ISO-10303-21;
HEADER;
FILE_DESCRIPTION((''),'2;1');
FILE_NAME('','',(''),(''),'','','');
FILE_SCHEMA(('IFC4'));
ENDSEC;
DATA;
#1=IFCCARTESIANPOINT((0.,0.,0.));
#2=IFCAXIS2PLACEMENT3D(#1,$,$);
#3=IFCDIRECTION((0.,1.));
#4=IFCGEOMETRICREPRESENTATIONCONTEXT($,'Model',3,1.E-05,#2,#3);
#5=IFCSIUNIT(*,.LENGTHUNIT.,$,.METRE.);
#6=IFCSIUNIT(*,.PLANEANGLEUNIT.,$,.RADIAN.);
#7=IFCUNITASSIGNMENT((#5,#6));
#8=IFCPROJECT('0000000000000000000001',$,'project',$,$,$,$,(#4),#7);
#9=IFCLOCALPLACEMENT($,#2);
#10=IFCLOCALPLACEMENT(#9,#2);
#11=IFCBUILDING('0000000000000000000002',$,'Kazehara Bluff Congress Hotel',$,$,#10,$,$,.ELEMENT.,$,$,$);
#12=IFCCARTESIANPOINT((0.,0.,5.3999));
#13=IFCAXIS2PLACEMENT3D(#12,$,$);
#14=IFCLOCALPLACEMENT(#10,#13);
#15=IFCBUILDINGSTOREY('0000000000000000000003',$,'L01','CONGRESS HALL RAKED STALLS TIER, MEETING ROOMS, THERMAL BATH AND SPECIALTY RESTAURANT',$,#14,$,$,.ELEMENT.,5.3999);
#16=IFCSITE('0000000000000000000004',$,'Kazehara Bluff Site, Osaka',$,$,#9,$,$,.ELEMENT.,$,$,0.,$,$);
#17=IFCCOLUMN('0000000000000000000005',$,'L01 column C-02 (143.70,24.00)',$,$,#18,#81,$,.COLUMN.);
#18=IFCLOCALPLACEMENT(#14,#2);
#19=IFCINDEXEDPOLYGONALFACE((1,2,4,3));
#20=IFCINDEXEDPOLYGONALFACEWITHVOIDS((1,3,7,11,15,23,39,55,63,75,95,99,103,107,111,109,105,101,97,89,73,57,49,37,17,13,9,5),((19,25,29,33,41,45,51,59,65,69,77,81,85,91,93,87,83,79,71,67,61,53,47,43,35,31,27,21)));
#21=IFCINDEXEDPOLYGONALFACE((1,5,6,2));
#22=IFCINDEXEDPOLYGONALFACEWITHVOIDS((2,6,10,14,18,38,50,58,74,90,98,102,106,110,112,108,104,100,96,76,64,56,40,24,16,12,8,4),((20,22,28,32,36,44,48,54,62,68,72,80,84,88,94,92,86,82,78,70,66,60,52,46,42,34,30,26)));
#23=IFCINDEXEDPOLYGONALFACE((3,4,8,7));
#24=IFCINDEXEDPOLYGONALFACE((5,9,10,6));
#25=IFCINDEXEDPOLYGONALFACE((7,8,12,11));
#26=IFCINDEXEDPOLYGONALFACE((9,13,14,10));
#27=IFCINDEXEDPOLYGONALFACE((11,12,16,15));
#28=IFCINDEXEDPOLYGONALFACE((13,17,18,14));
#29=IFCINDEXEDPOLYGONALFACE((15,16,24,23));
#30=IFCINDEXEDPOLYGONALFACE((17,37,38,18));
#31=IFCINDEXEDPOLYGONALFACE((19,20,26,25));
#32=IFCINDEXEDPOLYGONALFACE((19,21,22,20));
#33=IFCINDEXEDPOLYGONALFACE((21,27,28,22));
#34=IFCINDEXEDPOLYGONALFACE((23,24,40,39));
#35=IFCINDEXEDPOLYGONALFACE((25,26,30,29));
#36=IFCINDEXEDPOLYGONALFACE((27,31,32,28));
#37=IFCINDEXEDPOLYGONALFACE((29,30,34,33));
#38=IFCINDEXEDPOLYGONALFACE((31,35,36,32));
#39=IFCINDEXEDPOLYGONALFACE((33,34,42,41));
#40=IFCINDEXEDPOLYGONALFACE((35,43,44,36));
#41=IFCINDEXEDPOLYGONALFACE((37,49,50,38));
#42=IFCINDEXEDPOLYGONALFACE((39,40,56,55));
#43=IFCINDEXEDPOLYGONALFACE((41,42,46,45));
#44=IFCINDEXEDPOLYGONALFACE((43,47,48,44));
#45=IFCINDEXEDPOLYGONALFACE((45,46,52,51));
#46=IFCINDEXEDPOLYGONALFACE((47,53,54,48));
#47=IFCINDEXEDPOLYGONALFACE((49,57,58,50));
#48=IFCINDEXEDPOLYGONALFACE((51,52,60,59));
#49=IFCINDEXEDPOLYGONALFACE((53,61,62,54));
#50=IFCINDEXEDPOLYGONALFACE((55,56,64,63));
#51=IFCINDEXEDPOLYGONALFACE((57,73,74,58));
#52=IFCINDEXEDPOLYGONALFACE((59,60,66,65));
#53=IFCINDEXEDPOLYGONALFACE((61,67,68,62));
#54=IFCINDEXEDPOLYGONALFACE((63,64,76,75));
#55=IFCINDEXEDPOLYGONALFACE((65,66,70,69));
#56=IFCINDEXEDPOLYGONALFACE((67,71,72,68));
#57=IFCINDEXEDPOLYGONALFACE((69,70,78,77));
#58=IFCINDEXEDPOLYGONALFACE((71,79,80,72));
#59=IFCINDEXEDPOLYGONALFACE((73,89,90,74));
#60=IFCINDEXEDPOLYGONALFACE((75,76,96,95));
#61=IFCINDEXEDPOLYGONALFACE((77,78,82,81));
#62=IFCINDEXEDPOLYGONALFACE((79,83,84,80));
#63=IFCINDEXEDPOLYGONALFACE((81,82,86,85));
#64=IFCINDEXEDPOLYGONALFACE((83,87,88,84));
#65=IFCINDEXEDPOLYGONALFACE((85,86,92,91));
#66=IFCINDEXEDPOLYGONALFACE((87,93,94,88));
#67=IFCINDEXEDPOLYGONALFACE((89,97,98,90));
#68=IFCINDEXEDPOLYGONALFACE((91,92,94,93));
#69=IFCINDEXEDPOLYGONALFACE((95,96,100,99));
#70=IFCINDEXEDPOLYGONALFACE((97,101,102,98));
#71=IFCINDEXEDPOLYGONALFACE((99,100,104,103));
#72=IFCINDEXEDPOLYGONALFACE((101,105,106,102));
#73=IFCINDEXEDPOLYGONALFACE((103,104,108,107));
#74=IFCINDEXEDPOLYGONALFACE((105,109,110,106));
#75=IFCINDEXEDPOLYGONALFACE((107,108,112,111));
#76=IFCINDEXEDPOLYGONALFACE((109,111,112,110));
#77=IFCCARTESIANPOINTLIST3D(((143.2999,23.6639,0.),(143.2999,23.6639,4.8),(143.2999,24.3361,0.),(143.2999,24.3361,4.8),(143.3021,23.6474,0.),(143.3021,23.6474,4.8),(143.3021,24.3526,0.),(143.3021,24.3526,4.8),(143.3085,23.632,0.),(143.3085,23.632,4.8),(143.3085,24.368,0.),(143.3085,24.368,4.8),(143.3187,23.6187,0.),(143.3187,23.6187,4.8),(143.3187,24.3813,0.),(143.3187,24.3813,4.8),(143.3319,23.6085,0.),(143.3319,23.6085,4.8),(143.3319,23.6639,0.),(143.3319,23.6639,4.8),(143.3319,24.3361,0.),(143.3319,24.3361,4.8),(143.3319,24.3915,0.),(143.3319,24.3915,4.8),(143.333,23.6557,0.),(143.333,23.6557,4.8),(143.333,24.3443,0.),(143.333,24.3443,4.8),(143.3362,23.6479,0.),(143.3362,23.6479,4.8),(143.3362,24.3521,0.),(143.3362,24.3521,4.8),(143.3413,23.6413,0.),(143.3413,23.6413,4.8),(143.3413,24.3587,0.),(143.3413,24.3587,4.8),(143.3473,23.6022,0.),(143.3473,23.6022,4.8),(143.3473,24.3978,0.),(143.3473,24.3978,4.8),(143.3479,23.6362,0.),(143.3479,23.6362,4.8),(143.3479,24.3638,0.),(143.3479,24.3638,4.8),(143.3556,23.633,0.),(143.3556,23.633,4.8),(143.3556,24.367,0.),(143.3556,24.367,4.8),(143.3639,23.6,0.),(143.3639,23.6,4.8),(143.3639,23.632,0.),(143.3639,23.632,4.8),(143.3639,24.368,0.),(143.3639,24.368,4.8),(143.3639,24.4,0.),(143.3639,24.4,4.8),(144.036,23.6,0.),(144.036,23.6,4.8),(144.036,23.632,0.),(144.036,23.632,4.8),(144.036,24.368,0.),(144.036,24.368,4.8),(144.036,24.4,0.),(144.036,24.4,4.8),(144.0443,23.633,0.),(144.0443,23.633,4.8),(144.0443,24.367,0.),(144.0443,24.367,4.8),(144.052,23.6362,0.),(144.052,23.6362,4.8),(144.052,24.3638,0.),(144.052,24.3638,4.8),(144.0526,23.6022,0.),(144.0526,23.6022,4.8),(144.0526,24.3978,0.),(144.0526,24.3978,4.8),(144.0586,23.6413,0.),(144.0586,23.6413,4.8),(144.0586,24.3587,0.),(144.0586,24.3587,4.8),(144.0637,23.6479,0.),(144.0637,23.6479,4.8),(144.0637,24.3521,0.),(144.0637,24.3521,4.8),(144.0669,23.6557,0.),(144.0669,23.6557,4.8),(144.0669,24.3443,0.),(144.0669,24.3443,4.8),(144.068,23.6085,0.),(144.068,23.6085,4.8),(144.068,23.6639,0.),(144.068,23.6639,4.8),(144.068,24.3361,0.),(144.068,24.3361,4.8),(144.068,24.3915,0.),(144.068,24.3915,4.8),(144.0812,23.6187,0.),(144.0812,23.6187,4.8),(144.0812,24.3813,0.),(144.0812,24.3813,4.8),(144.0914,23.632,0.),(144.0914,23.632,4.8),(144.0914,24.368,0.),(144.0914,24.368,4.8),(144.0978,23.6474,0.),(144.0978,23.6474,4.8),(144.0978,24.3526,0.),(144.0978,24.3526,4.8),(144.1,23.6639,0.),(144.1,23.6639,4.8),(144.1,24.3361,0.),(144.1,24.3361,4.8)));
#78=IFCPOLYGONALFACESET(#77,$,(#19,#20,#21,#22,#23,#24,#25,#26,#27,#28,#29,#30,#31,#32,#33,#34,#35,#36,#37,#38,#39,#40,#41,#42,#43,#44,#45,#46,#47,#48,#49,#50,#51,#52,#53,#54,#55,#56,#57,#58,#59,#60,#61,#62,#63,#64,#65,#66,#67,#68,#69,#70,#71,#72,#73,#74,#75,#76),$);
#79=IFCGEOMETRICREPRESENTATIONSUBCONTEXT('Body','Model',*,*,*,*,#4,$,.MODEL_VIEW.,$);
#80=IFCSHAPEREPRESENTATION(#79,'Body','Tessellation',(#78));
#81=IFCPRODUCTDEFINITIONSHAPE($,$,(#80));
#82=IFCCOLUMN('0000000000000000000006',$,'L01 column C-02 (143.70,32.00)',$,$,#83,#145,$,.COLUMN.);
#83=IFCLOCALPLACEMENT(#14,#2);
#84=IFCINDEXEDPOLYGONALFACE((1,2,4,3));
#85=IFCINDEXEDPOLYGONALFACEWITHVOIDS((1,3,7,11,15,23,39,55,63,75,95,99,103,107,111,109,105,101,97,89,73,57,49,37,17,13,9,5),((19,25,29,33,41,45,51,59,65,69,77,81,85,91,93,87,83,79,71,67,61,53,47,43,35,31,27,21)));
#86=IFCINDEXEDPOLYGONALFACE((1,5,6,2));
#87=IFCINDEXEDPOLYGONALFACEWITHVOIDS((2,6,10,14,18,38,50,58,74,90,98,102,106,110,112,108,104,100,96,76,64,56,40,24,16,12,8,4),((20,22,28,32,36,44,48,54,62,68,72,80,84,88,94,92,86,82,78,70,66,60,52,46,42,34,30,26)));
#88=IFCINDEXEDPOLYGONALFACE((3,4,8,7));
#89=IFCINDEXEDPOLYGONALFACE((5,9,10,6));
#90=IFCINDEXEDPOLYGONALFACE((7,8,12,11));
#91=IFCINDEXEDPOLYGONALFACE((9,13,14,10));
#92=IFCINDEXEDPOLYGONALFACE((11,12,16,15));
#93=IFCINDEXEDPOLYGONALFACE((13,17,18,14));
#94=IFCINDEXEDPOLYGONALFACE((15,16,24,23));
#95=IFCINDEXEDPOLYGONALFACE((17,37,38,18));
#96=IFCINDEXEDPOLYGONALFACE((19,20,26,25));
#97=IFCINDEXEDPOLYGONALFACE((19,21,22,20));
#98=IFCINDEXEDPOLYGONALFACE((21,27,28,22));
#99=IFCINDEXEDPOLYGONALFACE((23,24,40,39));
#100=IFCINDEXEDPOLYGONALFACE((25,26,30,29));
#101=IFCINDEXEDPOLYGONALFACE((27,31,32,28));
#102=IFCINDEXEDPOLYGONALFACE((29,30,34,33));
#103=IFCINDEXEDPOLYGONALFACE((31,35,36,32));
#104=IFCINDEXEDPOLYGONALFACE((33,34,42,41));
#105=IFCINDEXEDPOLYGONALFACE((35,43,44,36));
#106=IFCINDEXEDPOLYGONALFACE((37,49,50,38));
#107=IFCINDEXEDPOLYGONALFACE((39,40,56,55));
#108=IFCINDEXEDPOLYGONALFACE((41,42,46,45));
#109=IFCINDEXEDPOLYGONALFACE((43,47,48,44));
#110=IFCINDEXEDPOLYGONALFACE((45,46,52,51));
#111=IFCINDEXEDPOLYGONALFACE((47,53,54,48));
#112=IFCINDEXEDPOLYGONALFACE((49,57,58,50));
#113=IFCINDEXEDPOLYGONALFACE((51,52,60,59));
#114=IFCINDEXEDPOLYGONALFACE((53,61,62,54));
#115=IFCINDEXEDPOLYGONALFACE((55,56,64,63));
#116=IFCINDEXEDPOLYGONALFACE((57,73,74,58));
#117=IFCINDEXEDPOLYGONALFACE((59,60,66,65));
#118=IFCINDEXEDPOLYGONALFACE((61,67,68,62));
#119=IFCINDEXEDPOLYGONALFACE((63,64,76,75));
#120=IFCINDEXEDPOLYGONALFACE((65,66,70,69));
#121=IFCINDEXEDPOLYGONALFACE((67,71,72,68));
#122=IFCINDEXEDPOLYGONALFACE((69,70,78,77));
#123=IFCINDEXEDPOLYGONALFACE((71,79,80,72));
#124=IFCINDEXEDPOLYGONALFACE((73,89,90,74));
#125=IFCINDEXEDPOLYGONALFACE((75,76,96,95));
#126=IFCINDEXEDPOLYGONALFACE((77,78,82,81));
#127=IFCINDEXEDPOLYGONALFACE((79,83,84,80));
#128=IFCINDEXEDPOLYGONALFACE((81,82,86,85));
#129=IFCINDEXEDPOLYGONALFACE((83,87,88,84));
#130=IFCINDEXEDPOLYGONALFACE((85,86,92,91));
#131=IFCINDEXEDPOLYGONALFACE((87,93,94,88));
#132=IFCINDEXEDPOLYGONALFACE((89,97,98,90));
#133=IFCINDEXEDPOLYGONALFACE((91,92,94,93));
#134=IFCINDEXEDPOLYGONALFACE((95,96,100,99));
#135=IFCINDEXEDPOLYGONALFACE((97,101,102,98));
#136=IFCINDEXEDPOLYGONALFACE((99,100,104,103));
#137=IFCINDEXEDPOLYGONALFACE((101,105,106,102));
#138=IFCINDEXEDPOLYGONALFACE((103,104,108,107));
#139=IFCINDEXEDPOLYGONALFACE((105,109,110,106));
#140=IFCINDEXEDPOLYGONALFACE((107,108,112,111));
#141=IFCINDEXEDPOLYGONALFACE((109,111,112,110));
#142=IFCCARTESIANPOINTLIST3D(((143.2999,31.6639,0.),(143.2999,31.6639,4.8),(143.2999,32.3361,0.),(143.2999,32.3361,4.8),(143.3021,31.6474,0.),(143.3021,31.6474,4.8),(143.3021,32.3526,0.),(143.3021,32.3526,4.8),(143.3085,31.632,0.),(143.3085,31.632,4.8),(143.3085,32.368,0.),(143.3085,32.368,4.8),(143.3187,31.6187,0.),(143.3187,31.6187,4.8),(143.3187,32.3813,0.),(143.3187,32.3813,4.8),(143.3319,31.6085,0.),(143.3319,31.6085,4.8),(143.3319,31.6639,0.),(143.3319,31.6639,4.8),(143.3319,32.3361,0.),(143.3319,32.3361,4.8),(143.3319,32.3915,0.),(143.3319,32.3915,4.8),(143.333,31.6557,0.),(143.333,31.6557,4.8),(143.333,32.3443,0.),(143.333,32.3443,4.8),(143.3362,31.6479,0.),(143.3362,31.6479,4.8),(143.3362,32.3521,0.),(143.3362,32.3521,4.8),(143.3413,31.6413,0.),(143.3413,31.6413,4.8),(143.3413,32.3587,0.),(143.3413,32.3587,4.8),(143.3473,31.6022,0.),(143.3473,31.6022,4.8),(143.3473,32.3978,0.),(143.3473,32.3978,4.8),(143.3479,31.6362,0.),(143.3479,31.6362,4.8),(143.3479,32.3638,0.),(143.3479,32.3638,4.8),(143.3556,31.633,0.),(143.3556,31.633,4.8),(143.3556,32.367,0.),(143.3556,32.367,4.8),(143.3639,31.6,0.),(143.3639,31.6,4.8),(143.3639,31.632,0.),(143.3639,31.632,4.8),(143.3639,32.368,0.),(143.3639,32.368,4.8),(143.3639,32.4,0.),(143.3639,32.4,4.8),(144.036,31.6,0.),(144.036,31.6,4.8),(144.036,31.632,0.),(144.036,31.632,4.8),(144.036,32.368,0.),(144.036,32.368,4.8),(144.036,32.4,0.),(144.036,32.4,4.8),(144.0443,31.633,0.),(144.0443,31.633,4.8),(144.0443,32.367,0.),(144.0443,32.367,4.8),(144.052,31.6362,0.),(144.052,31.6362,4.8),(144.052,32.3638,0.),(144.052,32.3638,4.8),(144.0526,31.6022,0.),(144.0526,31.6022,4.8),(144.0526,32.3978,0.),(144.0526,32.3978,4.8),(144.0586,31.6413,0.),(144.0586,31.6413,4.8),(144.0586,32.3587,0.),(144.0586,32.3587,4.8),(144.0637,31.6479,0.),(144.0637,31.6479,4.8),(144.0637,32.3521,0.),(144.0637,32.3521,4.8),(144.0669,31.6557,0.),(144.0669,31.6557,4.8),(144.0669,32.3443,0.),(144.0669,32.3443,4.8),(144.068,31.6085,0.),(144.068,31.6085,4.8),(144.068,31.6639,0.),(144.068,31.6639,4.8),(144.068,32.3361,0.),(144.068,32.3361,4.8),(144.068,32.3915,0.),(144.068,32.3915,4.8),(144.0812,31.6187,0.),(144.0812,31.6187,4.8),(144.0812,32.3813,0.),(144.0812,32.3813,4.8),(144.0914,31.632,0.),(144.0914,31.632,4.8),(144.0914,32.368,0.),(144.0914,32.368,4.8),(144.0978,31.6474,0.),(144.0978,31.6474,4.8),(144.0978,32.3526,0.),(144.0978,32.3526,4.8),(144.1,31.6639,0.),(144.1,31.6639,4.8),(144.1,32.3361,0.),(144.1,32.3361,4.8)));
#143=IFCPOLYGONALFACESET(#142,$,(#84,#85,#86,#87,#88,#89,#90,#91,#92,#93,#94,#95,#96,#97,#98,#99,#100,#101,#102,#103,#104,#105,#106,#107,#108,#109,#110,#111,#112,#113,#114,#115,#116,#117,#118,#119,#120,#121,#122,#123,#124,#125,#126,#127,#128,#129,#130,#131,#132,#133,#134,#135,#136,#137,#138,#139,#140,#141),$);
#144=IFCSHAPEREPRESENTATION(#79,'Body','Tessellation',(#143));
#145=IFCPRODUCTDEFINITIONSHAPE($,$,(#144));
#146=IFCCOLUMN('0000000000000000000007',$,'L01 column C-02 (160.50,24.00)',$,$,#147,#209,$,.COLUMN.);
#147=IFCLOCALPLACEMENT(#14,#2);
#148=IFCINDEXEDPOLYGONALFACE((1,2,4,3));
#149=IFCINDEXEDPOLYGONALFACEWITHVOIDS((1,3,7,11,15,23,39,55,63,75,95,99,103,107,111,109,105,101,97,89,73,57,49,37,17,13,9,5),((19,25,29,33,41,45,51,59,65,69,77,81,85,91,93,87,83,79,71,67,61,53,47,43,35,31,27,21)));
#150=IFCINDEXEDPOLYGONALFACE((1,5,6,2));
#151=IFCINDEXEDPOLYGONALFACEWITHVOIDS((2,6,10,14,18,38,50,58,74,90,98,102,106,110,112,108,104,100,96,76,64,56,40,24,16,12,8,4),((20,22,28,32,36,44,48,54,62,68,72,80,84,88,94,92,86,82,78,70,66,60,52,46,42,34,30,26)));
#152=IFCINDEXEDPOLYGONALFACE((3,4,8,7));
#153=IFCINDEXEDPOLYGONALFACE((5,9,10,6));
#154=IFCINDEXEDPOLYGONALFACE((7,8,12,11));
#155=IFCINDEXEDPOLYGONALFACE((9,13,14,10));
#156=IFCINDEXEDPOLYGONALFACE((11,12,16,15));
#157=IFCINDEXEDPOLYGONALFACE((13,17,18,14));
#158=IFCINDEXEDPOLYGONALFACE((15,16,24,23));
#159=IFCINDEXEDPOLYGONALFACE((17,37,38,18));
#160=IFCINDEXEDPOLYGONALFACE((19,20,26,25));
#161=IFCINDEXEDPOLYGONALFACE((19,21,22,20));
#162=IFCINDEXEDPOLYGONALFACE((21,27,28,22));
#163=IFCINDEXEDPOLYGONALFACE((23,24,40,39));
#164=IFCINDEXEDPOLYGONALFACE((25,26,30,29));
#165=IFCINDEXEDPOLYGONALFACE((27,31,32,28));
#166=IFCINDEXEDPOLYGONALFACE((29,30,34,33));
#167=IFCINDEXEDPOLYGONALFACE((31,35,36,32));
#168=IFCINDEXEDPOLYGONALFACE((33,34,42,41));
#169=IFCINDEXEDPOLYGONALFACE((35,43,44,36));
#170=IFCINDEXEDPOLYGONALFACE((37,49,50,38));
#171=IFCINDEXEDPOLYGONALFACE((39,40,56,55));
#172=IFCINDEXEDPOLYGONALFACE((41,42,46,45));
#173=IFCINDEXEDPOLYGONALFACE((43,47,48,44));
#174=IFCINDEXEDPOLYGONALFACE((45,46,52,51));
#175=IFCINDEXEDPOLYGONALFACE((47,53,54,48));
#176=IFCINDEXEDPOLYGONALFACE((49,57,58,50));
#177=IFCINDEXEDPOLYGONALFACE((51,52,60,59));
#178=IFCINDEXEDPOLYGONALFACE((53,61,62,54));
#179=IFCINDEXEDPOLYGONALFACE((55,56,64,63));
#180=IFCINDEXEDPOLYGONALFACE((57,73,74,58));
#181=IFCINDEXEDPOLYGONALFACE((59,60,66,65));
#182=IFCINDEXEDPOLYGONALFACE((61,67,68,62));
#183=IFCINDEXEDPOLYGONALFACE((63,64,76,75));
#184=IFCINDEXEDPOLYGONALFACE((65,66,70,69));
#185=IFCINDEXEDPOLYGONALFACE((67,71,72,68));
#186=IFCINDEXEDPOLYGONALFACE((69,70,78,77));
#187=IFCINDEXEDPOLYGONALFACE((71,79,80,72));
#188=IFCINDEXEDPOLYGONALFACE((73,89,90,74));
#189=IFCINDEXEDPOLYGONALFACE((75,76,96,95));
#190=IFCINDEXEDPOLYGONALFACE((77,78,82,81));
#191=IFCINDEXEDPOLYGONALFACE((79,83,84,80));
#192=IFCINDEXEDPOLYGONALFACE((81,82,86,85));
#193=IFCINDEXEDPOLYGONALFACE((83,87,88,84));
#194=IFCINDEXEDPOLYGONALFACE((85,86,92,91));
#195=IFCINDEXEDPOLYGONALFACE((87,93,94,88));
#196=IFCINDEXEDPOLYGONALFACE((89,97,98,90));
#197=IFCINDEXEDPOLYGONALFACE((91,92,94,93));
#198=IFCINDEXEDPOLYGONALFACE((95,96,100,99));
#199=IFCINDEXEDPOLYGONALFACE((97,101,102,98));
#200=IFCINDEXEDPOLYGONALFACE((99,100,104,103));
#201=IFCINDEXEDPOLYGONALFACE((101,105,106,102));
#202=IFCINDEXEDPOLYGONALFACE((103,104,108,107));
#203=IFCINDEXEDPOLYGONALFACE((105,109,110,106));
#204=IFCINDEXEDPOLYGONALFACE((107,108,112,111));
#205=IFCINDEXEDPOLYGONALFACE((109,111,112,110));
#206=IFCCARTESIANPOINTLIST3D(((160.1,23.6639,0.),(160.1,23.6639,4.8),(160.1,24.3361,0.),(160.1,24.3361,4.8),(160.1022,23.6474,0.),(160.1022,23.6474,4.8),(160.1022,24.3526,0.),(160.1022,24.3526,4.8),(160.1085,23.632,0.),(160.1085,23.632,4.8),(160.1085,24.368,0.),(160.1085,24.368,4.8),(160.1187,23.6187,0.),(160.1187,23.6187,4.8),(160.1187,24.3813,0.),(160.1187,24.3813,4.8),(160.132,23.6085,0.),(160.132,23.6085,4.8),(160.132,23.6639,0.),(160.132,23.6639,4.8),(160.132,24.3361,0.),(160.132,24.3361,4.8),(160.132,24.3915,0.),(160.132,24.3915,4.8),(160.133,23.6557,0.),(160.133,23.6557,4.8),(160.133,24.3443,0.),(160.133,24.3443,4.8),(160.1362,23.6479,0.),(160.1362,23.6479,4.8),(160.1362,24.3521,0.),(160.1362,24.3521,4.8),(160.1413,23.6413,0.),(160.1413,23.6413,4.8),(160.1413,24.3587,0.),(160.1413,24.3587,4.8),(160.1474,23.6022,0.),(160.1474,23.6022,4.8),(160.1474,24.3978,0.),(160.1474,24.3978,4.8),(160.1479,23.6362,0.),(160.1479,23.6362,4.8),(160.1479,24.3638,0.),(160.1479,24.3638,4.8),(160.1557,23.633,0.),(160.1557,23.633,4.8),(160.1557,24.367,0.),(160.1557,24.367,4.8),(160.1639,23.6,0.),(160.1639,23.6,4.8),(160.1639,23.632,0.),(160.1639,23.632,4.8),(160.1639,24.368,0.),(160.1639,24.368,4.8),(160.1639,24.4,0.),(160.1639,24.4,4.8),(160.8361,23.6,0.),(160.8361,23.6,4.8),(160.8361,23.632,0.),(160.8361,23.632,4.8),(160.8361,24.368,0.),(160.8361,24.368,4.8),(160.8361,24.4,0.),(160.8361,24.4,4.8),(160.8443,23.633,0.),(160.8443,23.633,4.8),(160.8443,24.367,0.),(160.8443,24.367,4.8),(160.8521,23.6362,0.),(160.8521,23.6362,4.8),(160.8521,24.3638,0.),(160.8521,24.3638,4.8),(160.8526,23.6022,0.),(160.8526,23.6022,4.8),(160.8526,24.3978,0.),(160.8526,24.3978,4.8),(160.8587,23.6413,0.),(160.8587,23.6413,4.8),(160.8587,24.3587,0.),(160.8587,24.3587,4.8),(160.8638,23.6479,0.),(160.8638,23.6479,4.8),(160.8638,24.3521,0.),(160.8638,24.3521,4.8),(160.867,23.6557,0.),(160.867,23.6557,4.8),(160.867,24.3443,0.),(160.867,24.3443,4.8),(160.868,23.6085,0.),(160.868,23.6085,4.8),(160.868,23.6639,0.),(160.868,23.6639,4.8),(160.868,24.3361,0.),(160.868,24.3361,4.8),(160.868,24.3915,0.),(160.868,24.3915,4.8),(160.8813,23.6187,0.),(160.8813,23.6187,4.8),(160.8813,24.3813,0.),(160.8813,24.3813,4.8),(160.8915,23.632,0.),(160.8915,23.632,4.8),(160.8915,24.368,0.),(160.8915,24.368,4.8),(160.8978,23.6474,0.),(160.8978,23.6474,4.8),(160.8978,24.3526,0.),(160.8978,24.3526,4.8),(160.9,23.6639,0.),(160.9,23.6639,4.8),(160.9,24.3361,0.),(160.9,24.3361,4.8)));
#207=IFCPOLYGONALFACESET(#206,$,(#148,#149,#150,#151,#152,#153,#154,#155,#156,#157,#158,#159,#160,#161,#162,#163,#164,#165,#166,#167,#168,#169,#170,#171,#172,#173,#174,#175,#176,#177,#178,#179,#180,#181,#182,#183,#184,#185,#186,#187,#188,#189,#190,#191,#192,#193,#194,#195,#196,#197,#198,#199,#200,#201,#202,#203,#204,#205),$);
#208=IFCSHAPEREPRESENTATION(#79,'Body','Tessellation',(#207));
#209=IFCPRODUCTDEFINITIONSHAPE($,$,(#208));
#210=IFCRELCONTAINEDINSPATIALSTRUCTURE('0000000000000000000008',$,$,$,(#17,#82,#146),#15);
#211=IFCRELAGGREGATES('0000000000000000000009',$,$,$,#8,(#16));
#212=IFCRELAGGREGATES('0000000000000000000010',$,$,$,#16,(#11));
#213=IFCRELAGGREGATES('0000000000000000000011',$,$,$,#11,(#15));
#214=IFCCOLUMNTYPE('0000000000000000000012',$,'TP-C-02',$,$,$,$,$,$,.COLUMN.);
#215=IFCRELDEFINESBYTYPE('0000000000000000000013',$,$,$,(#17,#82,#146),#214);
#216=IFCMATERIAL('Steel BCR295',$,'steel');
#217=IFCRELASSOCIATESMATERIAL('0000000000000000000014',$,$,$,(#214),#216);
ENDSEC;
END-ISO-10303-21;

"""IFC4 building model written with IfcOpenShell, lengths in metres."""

from ifc_helpers import new_model, si_unit, direction, frame, origin, origin_2d, place, context, subcontext, project, spatial, hollow_rectangle, extrude, material, material_profile, profile_set, type_object, element, save


model = new_model("IFC4")

# Units and contexts
model_context = context("Model", 3, precision=1e-05, world=origin(), true_north=direction((0.0, 1.0)))
body_context = subcontext(model_context, "Body", "Model", "MODEL_VIEW")
ifc_project = project(units=[si_unit("LENGTHUNIT", "METRE"), si_unit("PLANEANGLEUNIT", "RADIAN")], contexts=[model_context])

# Site, building, storey
site_placement = place(None, origin())
site = spatial("IfcSite", under=ifc_project, at=site_placement, Name="Kazehara Bluff Site, Osaka", CompositionType="ELEMENT", RefElevation=0.0)
building_placement = place(site_placement, origin())
building = spatial("IfcBuilding", under=site, at=building_placement, Name="Kazehara Bluff Congress Hotel", CompositionType="ELEMENT")
storey_placement = place(building_placement, frame((0.0, 0.0, 5.3999)))
storey = spatial("IfcBuildingStorey", under=building, at=storey_placement, Name="L01", Description="CONGRESS HALL RAKED STALLS TIER, MEETING ROOMS, THERMAL BATH AND SPECIALTY RESTAURANT", CompositionType="ELEMENT", Elevation=5.3999)

# Columns
ifc_material_1 = material(Name="Steel BCR295", Category="steel")
ifc_material_profile_1 = material_profile(ifc_material_1, hollow_rectangle(XDim=0.8, YDim=0.8, WallThickness=0.032, InnerFilletRadius=0.032, OuterFilletRadius=0.064, at=origin_2d()))
ifc_profile_set_1 = profile_set([ifc_material_profile_1], Name="Steel BCR295")
column_type = type_object("IfcColumnType", Name="TP-C-02", PredefinedType="COLUMN", material=ifc_profile_set_1)
for number, where, z_axis, x_axis, name in (
    (1, (143.7, 24.0, 0.0), (0.0, 0.0, 1.0), (1.0, 0.0, 0.0), "L01 column C-02 (143.70,24.00)"),
    (2, (143.7, 32.0, 0.0), (0.0, 0.0, 1.0), (1.0, 0.0, 0.0), "L01 column C-02 (143.70,32.00)"),
    (3, (160.5, 24.0, 0.0), (0.0, 0.0, 1.0), (1.0, 0.0, 0.0), "L01 column C-02 (160.50,24.00)"),
):
    element("IfcColumn", number, at=place(storey_placement, frame(where, z_axis=z_axis, x_axis=x_axis)), inside=storey, type_object=column_type, Name=name, PredefinedType="COLUMN", context=body_context, shape_type="SweptSolid", body=[
        extrude(hollow_rectangle(XDim=0.8, YDim=0.8, WallThickness=0.032, InnerFilletRadius=0.032, OuterFilletRadius=0.064, at=origin_2d()), origin(), (0.0, 0.0, 1.0), 4.8),
    ])

save(model, "model.ifc")
